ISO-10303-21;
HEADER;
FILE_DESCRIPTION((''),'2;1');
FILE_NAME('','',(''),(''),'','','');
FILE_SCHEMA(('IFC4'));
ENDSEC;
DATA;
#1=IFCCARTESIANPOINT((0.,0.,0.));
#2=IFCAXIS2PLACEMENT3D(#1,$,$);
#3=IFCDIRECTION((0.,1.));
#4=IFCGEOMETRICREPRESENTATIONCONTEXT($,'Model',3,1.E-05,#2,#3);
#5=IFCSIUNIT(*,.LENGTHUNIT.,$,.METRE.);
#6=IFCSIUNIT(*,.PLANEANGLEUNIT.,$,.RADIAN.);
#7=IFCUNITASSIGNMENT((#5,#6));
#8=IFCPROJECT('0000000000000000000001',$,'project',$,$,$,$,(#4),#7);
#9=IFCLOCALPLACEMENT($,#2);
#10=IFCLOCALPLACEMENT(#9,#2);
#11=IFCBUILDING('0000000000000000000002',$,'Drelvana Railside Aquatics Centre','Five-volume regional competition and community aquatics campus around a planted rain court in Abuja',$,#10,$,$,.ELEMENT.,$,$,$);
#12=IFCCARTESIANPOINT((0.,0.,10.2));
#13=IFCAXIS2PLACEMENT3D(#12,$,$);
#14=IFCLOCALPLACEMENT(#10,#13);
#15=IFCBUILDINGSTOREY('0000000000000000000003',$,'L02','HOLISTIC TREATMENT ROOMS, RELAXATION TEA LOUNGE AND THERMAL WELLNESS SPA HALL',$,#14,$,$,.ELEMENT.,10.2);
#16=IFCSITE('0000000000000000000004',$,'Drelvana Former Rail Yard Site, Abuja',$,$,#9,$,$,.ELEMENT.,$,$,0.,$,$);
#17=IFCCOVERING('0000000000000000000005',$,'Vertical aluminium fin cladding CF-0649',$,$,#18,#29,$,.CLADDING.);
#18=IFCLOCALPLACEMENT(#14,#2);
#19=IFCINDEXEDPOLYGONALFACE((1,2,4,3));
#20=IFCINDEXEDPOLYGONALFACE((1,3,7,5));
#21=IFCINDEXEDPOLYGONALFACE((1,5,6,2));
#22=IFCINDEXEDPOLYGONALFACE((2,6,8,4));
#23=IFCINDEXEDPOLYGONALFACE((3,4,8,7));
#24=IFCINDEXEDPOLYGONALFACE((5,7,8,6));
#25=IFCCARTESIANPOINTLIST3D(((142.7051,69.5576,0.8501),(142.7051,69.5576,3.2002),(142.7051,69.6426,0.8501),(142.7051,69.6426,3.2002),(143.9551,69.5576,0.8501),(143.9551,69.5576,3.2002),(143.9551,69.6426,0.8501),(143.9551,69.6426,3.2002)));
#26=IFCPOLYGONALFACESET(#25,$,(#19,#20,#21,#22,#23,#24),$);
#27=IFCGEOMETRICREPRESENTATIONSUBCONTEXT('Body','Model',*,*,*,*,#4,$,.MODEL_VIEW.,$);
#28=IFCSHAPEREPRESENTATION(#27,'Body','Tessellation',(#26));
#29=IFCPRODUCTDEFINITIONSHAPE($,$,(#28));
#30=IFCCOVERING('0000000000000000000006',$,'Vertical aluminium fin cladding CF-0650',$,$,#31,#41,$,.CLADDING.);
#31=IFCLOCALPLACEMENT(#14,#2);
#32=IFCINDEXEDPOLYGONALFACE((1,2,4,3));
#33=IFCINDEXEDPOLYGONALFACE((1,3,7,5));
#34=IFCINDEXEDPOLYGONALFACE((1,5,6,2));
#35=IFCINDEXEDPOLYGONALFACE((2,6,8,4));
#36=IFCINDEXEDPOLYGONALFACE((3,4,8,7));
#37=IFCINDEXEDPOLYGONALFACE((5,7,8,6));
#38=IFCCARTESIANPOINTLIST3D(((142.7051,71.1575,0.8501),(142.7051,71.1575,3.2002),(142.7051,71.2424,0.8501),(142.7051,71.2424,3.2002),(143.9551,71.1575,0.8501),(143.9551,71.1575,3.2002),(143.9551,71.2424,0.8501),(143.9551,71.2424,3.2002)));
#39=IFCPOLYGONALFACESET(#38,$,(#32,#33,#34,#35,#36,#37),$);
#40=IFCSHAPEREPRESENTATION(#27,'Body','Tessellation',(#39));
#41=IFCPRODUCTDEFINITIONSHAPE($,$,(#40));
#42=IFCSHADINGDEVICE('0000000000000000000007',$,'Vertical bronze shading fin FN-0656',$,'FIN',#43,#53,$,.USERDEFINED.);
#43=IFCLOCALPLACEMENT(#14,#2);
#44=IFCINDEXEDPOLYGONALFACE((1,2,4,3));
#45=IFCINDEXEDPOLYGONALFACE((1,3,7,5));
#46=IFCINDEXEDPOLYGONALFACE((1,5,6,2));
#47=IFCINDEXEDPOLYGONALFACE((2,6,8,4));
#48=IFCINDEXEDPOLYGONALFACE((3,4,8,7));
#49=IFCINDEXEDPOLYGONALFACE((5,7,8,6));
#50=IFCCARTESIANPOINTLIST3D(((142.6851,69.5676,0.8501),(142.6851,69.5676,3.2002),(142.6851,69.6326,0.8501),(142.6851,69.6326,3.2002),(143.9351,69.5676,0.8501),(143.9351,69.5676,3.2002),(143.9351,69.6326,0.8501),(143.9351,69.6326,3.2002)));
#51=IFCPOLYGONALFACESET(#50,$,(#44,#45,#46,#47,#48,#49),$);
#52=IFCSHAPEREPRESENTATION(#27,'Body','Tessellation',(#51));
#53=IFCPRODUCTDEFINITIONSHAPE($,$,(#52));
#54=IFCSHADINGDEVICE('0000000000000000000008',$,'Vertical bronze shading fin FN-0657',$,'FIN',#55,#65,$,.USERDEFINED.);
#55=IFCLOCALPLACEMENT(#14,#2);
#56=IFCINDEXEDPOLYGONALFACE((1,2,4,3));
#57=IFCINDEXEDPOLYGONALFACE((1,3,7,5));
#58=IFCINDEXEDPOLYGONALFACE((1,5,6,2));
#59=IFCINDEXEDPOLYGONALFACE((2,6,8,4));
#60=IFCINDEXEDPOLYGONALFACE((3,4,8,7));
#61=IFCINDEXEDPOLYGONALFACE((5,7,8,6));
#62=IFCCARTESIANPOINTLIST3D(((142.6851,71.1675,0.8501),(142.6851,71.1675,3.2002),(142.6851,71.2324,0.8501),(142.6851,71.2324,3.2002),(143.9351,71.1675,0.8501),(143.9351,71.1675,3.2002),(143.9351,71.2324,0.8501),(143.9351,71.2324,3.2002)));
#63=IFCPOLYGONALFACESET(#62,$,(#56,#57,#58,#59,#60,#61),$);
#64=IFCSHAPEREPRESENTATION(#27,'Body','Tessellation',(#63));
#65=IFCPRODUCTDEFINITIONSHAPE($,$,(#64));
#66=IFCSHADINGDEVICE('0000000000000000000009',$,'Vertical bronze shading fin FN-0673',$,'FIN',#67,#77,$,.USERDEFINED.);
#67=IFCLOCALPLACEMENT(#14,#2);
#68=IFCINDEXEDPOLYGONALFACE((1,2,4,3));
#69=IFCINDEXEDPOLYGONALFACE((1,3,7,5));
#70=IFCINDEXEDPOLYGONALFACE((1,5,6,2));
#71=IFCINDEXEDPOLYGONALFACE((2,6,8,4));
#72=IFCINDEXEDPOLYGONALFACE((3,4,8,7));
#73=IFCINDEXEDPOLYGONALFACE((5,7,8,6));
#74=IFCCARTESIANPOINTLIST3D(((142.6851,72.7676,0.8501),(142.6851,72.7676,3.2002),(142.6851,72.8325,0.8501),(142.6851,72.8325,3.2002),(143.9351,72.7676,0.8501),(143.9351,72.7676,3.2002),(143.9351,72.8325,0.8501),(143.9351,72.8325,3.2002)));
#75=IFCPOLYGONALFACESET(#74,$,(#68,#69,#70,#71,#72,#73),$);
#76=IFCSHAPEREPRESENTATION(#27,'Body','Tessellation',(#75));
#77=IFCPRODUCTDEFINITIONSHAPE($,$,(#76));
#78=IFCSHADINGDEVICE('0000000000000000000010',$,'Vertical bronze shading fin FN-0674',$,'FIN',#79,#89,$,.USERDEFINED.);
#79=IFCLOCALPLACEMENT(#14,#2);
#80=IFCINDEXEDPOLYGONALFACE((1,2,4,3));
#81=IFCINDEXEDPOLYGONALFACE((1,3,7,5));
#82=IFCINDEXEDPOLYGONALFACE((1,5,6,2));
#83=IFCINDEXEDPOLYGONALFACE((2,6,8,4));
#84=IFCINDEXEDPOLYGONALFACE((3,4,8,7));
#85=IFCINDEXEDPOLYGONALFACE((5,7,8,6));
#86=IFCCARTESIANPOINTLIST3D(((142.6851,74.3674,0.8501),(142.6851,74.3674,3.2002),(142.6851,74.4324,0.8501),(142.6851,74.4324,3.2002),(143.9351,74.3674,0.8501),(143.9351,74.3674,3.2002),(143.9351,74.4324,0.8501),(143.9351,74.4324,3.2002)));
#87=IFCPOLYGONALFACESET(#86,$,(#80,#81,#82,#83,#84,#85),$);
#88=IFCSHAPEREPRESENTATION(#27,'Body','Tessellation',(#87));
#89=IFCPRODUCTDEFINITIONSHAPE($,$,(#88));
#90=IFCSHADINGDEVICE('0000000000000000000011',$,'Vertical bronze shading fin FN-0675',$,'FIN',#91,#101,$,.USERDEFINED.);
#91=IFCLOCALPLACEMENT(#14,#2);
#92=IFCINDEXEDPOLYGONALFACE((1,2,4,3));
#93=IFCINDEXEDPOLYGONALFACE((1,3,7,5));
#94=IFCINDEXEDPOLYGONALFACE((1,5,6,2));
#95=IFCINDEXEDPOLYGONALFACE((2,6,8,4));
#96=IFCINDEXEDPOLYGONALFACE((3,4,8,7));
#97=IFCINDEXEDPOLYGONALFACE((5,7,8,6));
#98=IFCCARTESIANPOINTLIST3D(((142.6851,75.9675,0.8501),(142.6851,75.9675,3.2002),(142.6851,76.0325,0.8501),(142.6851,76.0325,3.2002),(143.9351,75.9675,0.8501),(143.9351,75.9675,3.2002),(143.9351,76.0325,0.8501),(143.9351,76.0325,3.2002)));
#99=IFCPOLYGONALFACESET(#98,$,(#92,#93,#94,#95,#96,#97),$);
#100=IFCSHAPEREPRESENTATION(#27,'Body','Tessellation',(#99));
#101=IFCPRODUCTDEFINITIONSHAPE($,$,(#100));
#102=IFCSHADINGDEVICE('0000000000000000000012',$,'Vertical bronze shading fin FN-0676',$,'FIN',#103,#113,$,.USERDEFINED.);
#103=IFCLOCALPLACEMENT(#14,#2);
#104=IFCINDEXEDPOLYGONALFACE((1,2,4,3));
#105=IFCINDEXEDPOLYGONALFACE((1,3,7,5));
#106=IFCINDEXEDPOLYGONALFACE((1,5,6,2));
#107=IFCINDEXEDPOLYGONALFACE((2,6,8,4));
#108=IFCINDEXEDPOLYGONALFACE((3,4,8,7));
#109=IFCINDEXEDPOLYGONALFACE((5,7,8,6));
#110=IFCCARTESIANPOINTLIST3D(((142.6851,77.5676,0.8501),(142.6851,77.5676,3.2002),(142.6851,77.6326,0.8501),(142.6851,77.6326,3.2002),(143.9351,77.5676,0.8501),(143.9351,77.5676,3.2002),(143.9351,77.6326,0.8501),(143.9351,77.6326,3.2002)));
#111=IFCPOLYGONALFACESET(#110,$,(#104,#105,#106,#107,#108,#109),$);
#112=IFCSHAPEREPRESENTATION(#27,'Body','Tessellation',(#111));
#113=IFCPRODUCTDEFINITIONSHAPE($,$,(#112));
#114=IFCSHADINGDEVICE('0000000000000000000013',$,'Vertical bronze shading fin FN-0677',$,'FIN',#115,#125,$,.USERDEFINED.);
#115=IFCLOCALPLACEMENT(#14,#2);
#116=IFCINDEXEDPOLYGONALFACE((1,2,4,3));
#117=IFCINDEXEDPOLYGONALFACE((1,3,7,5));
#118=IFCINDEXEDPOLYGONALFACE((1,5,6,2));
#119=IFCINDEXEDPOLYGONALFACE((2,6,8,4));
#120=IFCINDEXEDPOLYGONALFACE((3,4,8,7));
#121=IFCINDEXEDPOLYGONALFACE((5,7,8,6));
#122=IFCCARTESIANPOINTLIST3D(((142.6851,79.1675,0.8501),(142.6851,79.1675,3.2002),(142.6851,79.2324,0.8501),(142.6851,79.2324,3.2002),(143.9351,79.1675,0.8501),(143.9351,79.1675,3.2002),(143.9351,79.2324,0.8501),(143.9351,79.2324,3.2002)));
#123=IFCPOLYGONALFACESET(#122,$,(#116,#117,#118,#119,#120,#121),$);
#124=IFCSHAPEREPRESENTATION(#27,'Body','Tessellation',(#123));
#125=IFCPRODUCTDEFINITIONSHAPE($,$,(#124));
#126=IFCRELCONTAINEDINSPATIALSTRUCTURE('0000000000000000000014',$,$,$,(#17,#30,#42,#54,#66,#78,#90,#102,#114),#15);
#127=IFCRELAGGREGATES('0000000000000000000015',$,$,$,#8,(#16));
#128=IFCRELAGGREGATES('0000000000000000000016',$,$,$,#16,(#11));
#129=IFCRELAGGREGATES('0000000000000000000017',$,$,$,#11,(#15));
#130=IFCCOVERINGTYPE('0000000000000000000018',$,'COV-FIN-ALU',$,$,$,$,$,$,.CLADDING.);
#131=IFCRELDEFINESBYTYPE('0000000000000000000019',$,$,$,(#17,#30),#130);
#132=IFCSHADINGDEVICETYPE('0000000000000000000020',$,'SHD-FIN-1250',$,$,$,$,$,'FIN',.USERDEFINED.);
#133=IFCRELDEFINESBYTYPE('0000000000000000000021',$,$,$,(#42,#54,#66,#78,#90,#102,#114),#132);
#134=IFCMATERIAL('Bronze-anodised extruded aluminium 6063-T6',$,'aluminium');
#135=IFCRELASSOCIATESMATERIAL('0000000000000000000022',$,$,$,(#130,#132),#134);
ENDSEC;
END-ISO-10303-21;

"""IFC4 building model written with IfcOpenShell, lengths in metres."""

from ifc_helpers import new_model, si_unit, direction, frame, origin, origin_2d, place, context, subcontext, project, spatial, rectangle, extrude, material, type_object, element, save


model = new_model("IFC4")

# Units and contexts
model_context = context("Model", 3, precision=1e-05, world=origin(), true_north=direction((0.0, 1.0)))
body_context = subcontext(model_context, "Body", "Model", "MODEL_VIEW")
ifc_project = project(units=[si_unit("LENGTHUNIT", "METRE"), si_unit("PLANEANGLEUNIT", "RADIAN")], contexts=[model_context])

# Site, building, storey
site_placement = place(None, origin())
site = spatial("IfcSite", under=ifc_project, at=site_placement, Name="Drelvana Former Rail Yard Site, Abuja", CompositionType="ELEMENT", RefElevation=0.0)
building_placement = place(site_placement, origin())
building = spatial("IfcBuilding", under=site, at=building_placement, Name="Drelvana Railside Aquatics Centre", Description="Five-volume regional competition and community aquatics campus around a planted rain court in Abuja", CompositionType="ELEMENT")
storey_placement = place(building_placement, frame((0.0, 0.0, 10.2)))
storey = spatial("IfcBuildingStorey", under=building, at=storey_placement, Name="L02", Description="HOLISTIC TREATMENT ROOMS, RELAXATION TEA LOUNGE AND THERMAL WELLNESS SPA HALL", CompositionType="ELEMENT", Elevation=10.2)

# Coverings
ifc_material_1 = material(Name="Bronze-anodised extruded aluminium 6063-T6", Category="aluminium")
covering_type = type_object("IfcCoveringType", Name="COV-FIN-ALU", PredefinedType="CLADDING", material=ifc_material_1)
for number, where, z_axis, x_axis, name in (
    (1, (143.3301, 69.6001, 0.8501), (0.0, 0.0, 1.0), (0.0, 1.0, 0.0), "Vertical aluminium fin cladding CF-0649"),
    (2, (143.3301, 71.2, 0.8501), (0.0, 0.0, 1.0), (0.0, 1.0, 0.0), "Vertical aluminium fin cladding CF-0650"),
):
    element("IfcCovering", number, at=place(storey_placement, frame(where, z_axis=z_axis, x_axis=x_axis)), inside=storey, type_object=covering_type, Name=name, PredefinedType="CLADDING", context=body_context, shape_type="SweptSolid", body=[
        extrude(rectangle(XDim=0.085, YDim=1.25, at=origin_2d()), origin(), (0.0, 0.0, 1.0), 2.3501),
    ])

# Shading devices
shading_device_type = type_object("IfcShadingDeviceType", Name="SHD-FIN-1250", ElementType="FIN", PredefinedType="USERDEFINED", material=ifc_material_1)
for number, where, z_axis, x_axis, name in (
    (3, (143.3101, 69.6001, 0.8501), (0.0, 0.0, 1.0), (-1.0, 0.0, 0.0), "Vertical bronze shading fin FN-0656"),
    (4, (143.3101, 71.2, 0.8501), (0.0, 0.0, 1.0), (-1.0, 0.0, 0.0), "Vertical bronze shading fin FN-0657"),
    (5, (143.3101, 72.8, 0.8501), (0.0, 0.0, 1.0), (-1.0, 0.0, 0.0), "Vertical bronze shading fin FN-0673"),
    (6, (143.3101, 74.3999, 0.8501), (0.0, 0.0, 1.0), (-1.0, 0.0, 0.0), "Vertical bronze shading fin FN-0674"),
    (7, (143.3101, 76.0, 0.8501), (0.0, 0.0, 1.0), (-1.0, 0.0, 0.0), "Vertical bronze shading fin FN-0675"),
    (8, (143.3101, 77.6001, 0.8501), (0.0, 0.0, 1.0), (-1.0, 0.0, 0.0), "Vertical bronze shading fin FN-0676"),
    (9, (143.3101, 79.2, 0.8501), (0.0, 0.0, 1.0), (-1.0, 0.0, 0.0), "Vertical bronze shading fin FN-0677"),
):
    element("IfcShadingDevice", number, at=place(storey_placement, frame(where, z_axis=z_axis, x_axis=x_axis)), inside=storey, type_object=shading_device_type, Name=name, ObjectType="FIN", PredefinedType="USERDEFINED", context=body_context, shape_type="SweptSolid", body=[
        extrude(rectangle(XDim=1.25, YDim=0.0649, at=origin_2d()), origin(), (0.0, 0.0, 1.0), 2.3501),
    ])

save(model, "model.ifc")
